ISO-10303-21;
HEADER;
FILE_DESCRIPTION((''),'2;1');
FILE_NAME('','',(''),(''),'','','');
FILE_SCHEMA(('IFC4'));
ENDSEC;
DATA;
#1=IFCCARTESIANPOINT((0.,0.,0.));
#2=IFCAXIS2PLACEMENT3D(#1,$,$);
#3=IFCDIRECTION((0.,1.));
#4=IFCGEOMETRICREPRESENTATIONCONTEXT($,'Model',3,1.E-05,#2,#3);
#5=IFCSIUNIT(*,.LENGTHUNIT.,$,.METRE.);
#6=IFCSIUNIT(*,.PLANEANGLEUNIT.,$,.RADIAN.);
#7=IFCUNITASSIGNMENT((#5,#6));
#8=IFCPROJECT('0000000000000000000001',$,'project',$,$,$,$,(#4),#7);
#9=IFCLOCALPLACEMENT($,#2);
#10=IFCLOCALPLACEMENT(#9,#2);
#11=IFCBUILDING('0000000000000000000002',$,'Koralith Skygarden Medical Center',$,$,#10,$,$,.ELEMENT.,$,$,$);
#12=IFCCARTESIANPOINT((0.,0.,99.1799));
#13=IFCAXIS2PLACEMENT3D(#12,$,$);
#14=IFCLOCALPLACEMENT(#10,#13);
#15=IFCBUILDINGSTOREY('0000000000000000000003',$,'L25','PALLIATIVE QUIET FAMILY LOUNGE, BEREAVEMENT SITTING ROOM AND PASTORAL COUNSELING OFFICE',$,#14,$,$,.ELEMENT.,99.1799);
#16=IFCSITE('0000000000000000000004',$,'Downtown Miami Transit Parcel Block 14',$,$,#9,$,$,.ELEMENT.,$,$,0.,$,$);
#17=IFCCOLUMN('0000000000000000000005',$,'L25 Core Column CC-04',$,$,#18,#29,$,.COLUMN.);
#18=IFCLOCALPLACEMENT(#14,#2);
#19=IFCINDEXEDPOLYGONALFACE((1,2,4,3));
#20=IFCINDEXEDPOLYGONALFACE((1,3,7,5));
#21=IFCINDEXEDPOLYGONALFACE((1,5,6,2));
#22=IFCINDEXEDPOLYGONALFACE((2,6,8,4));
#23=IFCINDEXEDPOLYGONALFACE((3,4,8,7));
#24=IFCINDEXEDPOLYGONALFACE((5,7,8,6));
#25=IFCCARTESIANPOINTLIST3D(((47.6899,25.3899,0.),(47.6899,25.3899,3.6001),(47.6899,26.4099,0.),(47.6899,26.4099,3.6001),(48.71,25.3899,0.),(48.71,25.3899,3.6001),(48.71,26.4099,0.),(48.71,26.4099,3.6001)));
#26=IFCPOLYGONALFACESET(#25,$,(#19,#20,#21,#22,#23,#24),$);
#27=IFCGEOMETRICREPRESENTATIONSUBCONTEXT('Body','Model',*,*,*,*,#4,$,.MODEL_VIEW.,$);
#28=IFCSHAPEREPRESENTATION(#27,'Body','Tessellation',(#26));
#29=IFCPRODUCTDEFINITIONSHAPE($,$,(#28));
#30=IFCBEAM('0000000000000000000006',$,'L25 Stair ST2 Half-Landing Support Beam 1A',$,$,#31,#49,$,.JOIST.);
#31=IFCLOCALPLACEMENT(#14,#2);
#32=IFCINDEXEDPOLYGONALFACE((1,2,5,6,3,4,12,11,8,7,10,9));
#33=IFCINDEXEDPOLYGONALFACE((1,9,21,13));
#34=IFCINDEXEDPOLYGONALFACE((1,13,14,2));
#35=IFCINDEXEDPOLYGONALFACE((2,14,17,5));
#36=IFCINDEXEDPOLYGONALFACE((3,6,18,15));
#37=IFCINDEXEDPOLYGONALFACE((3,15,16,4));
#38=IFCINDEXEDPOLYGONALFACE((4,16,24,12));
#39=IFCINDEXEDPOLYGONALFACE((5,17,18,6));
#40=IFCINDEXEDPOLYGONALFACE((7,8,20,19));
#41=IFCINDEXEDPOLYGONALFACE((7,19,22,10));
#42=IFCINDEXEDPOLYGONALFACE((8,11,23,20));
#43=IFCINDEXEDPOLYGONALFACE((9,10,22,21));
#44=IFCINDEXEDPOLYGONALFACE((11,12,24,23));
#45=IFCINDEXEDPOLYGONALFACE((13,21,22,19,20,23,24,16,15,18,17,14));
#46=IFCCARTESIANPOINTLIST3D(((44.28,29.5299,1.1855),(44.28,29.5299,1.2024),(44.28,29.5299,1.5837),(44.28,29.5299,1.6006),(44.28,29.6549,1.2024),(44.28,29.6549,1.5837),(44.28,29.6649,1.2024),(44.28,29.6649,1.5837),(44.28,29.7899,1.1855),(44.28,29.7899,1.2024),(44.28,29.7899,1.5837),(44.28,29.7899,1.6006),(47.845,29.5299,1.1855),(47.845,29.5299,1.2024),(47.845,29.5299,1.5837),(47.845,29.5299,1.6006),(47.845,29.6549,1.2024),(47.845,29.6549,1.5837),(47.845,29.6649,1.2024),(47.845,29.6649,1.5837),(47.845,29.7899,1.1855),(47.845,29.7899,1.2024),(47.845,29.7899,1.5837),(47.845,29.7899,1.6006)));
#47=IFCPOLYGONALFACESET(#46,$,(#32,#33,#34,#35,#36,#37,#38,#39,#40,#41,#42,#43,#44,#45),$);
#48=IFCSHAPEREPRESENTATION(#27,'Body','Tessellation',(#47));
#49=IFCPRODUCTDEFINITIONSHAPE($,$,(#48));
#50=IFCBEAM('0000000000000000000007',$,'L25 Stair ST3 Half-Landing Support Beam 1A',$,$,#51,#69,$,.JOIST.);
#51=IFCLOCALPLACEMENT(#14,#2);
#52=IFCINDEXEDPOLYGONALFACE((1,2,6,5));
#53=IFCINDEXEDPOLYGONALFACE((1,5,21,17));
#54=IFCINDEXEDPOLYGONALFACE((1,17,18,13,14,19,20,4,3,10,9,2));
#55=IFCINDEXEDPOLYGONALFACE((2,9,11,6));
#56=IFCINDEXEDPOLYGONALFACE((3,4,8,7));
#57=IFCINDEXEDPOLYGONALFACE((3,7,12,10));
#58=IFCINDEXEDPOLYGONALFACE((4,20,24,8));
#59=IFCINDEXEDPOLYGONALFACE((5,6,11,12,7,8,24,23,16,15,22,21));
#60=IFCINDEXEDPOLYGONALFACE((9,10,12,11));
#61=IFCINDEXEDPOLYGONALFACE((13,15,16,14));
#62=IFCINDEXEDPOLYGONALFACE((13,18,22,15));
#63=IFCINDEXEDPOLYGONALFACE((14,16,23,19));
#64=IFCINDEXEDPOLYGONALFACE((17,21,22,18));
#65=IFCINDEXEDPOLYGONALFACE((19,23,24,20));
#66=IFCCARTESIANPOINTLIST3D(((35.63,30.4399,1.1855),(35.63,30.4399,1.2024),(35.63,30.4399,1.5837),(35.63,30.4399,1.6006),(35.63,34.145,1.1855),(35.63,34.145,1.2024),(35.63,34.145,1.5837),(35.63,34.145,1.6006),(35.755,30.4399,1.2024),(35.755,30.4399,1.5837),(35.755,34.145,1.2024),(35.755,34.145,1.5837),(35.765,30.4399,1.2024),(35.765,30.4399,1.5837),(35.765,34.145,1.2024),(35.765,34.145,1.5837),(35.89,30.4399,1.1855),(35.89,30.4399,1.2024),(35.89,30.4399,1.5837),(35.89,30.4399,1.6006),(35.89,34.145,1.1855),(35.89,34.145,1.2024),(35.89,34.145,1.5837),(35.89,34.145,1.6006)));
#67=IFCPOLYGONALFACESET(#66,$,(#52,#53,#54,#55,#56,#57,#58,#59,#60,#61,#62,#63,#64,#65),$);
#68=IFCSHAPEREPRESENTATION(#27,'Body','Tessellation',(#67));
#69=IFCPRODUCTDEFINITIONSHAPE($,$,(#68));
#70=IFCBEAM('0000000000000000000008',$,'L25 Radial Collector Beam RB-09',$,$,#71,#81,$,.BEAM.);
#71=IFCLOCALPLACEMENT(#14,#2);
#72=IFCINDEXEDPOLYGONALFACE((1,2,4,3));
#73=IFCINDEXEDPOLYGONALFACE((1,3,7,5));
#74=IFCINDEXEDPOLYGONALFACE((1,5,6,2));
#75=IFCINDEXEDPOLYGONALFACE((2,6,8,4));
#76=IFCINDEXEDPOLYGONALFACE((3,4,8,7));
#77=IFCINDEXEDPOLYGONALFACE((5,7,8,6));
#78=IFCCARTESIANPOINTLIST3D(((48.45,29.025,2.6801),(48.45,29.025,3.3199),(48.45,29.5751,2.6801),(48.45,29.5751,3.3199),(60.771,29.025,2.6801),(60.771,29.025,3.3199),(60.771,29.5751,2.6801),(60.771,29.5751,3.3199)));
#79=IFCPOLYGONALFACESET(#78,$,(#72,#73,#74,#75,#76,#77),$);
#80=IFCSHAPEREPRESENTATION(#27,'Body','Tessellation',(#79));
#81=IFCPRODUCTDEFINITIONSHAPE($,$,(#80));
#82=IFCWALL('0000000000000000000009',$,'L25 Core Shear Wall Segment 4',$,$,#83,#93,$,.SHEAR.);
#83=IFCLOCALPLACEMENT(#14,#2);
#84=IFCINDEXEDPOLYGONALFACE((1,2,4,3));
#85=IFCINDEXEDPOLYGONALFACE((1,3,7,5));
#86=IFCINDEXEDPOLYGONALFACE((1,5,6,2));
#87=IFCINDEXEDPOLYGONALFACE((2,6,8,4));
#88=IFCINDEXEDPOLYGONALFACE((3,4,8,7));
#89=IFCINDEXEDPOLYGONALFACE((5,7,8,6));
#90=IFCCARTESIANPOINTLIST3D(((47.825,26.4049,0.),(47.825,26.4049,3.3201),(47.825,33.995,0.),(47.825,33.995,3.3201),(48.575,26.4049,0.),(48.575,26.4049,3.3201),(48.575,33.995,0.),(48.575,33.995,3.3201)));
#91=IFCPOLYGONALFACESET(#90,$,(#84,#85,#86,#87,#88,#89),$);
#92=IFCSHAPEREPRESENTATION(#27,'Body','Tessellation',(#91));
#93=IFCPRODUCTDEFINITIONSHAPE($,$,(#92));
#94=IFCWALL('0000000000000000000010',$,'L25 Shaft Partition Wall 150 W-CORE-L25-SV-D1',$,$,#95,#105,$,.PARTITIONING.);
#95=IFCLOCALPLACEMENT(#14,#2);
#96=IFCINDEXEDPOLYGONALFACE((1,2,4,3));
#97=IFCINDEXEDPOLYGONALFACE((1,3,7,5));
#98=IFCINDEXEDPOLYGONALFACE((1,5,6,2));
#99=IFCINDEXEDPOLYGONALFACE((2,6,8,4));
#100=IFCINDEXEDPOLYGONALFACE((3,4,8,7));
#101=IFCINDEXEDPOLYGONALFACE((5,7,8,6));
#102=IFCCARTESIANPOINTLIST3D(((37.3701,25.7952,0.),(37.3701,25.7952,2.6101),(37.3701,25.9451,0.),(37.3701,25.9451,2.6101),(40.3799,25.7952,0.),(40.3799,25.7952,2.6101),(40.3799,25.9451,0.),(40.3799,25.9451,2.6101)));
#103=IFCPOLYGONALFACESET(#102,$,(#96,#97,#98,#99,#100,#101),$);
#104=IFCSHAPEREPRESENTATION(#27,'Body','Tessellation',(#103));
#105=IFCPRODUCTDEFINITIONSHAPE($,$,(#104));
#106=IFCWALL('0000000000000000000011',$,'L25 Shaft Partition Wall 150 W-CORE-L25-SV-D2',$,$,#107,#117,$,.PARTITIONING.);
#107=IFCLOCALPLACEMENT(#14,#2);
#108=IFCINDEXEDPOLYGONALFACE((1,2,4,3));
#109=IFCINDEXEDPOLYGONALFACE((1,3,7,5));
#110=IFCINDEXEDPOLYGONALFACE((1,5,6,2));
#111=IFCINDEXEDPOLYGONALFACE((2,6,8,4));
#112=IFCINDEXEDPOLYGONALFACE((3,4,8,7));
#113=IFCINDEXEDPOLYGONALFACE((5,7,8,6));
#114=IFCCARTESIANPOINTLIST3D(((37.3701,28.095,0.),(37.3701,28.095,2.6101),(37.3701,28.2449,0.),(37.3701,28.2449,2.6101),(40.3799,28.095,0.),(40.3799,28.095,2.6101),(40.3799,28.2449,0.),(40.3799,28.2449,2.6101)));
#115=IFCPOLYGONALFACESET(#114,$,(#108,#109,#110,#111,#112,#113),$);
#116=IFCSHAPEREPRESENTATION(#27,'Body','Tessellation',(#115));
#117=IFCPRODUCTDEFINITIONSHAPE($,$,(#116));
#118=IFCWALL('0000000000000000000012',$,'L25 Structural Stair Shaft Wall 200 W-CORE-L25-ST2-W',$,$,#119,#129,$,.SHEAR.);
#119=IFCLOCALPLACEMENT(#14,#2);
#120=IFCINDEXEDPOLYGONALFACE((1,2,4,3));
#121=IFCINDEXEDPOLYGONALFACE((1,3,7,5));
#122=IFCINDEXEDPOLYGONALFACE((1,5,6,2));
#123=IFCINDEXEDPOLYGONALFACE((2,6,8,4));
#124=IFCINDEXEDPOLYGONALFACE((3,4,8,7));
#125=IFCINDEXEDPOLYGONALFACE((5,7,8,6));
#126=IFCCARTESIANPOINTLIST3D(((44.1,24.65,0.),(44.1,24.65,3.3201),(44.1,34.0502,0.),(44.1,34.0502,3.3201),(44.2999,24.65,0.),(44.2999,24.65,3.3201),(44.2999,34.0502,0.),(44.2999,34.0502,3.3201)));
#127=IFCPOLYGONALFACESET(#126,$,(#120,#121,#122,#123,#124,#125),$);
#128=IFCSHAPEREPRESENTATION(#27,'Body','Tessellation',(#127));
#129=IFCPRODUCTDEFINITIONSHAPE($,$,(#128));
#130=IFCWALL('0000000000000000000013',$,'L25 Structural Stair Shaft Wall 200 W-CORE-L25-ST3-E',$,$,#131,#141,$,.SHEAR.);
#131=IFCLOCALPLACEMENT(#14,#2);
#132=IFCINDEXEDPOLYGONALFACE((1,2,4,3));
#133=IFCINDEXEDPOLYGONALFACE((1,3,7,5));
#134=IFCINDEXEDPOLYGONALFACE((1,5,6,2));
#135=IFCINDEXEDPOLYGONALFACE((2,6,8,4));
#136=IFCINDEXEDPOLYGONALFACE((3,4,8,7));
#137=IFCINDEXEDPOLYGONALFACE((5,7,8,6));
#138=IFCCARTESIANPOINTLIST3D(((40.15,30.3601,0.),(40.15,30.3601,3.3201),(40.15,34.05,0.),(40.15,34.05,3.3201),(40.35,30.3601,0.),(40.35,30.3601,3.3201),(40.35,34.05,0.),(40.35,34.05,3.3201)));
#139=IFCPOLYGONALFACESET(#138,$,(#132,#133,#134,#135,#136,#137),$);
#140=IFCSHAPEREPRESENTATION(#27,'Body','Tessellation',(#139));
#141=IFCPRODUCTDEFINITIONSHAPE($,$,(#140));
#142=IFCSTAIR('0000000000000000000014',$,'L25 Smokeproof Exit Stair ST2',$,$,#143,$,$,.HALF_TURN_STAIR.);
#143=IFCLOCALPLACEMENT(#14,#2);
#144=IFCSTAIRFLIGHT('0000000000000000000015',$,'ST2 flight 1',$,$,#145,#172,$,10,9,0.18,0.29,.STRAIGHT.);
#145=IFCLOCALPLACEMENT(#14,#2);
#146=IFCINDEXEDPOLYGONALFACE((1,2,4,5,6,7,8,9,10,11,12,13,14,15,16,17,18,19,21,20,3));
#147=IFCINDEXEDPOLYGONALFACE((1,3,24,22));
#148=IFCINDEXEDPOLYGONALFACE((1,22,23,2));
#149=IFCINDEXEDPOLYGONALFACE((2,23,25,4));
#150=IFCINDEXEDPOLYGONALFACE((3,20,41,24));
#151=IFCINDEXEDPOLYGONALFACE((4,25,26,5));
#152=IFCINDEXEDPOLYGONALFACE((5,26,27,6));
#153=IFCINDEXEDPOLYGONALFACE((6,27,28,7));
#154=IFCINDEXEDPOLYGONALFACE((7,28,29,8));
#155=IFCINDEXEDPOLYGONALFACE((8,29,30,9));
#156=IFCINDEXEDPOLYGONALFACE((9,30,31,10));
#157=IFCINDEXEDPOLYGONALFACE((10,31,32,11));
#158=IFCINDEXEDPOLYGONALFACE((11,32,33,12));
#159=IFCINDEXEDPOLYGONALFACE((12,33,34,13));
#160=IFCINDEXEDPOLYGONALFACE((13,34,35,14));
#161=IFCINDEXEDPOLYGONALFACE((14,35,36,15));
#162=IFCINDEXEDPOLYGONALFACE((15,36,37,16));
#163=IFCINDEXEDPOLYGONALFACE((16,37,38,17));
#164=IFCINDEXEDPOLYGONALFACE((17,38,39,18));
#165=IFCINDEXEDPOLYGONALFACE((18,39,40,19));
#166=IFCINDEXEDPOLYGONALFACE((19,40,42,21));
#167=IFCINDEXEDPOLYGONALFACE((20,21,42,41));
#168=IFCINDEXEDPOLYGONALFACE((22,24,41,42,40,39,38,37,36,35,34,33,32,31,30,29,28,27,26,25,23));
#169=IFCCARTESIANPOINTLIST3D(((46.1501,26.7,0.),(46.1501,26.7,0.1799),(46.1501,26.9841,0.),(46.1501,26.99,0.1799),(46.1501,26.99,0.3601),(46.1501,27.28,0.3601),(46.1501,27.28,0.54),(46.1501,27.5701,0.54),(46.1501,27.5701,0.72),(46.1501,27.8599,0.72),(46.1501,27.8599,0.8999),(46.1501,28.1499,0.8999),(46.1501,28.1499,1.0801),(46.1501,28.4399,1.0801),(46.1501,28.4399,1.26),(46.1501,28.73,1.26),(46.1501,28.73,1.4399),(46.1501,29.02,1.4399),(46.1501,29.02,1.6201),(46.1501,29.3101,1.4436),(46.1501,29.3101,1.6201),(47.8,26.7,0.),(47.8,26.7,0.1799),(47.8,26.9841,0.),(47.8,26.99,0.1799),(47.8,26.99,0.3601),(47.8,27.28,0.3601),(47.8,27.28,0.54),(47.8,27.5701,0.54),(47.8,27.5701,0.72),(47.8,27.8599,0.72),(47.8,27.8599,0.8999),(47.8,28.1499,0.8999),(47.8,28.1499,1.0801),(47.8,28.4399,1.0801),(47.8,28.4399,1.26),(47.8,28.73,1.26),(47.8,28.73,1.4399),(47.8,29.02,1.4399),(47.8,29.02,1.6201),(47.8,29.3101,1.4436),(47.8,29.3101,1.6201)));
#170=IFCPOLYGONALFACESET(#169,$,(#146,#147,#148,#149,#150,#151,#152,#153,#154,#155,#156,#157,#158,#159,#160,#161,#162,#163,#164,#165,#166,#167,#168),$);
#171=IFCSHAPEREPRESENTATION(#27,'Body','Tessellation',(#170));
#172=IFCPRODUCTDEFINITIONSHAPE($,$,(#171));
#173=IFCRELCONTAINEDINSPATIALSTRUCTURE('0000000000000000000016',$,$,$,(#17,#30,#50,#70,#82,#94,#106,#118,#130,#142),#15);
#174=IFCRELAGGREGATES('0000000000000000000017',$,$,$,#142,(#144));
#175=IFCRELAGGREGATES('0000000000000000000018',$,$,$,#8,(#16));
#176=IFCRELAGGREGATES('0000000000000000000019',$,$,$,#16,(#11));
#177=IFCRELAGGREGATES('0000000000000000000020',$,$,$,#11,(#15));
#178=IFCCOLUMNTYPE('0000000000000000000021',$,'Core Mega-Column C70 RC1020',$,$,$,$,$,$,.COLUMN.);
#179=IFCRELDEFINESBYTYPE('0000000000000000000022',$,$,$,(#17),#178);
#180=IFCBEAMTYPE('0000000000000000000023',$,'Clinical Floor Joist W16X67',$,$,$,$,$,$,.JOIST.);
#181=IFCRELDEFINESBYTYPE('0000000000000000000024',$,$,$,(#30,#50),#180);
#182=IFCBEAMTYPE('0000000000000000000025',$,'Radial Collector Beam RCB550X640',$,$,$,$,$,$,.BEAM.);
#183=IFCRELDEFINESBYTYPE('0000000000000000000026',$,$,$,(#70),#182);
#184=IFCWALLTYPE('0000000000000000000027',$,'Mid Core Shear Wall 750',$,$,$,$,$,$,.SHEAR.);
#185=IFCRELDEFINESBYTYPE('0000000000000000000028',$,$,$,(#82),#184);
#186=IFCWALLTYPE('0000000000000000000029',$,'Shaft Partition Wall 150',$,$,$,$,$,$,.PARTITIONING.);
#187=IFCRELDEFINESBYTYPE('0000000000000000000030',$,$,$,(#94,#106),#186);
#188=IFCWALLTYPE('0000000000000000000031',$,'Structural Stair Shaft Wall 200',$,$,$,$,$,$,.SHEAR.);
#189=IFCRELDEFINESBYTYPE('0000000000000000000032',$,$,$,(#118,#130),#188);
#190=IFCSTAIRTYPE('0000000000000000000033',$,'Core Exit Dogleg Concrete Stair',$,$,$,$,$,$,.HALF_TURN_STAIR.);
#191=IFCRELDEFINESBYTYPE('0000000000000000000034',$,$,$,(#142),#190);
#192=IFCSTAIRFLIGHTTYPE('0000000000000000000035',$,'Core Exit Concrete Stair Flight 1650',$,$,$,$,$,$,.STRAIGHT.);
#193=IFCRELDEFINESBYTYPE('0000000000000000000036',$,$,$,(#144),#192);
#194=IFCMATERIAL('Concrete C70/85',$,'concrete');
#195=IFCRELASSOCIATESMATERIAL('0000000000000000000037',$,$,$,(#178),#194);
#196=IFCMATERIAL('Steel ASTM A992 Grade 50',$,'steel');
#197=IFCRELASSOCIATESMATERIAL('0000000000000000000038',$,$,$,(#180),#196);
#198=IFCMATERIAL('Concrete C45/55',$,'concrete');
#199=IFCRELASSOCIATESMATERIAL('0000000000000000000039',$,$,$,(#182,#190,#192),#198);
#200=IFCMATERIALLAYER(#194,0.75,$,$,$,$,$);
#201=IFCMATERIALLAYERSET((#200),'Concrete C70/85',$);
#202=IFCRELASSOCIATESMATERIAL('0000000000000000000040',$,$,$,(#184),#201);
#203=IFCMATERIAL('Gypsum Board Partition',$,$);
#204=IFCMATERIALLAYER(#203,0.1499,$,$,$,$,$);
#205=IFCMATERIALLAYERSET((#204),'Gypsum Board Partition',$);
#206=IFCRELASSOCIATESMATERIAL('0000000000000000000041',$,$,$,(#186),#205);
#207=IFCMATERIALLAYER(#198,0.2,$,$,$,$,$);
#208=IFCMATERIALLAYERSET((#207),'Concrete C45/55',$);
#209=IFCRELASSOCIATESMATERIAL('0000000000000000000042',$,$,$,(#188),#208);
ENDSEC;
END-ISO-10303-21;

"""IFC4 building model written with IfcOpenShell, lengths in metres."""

from ifc_helpers import new_model, si_unit, direction, frame, frame_2d, origin, origin_2d, place, context, subcontext, project, spatial, polyline, rectangle, i_section, outline, extrude, material, layer, layer_set, material_profile, profile_set, type_object, element, aggregate, save


model = new_model("IFC4")

# Units and contexts
model_context = context("Model", 3, precision=1e-05, world=origin(), true_north=direction((0.0, 1.0)))
body_context = subcontext(model_context, "Body", "Model", "MODEL_VIEW")
ifc_project = project(units=[si_unit("LENGTHUNIT", "METRE"), si_unit("PLANEANGLEUNIT", "RADIAN")], contexts=[model_context])

# Site, building, storey
site_placement = place(None, origin())
site = spatial("IfcSite", under=ifc_project, at=site_placement, Name="Downtown Miami Transit Parcel Block 14", CompositionType="ELEMENT", RefElevation=0.0)
building_placement = place(site_placement, origin())
building = spatial("IfcBuilding", under=site, at=building_placement, Name="Koralith Skygarden Medical Center", CompositionType="ELEMENT")
storey_placement = place(building_placement, frame((0.0, 0.0, 99.1799)))
storey = spatial("IfcBuildingStorey", under=building, at=storey_placement, Name="L25", Description="PALLIATIVE QUIET FAMILY LOUNGE, BEREAVEMENT SITTING ROOM AND PASTORAL COUNSELING OFFICE", CompositionType="ELEMENT", Elevation=99.1799)

# Column
ifc_material_1 = material(Name="Concrete C70/85", Category="concrete")
ifc_material_profile_1 = material_profile(ifc_material_1, rectangle(XDim=1.02, YDim=1.02, at=origin_2d()), Name="RC1020X1020")
ifc_profile_set_1 = profile_set([ifc_material_profile_1], Name="Concrete C70/85")
column_type = type_object("IfcColumnType", Name="Core Mega-Column C70 RC1020", PredefinedType="COLUMN", material=ifc_profile_set_1)
column_placement = place(storey_placement, frame((48.2, 25.8999, 0.0), z_axis=(0.0, 0.0, 1.0), x_axis=(1.0, 0.0, 0.0)))
element("IfcColumn", 1, at=column_placement, inside=storey, type_object=column_type, Name="L25 Core Column CC-04", PredefinedType="COLUMN", context=body_context, shape_type="SweptSolid", body=[
    extrude(rectangle(XDim=1.02, YDim=1.02, at=origin_2d()), origin(), (0.0, 0.0, 1.0), 3.6001),
])

# Beams
ifc_material_2 = material(Name="Steel ASTM A992 Grade 50", Category="steel")
ifc_material_profile_2 = material_profile(ifc_material_2, i_section(OverallWidth=0.26, OverallDepth=0.415, WebThickness=0.01, FlangeThickness=0.0168, at=origin_2d()), Name="W16X67")
ifc_profile_set_2 = profile_set([ifc_material_profile_2], Name="Steel ASTM A992 Grade 50")
beam_type_1 = type_object("IfcBeamType", Name="Clinical Floor Joist W16X67", PredefinedType="JOIST", material=ifc_profile_set_2)
beam_1_placement = place(storey_placement, frame((44.28, 29.6599, 1.3931), z_axis=(1.0, 0.0, 0.0), x_axis=(0.0, 1.0, 0.0)))
element("IfcBeam", 2, at=beam_1_placement, inside=storey, type_object=beam_type_1, Name="L25 Stair ST2 Half-Landing Support Beam 1A", PredefinedType="JOIST", context=body_context, shape_type="SweptSolid", body=[
    extrude(i_section(OverallWidth=0.26, OverallDepth=0.415, WebThickness=0.01, FlangeThickness=0.0168, at=origin_2d()), origin(), (0.0, 0.0, 1.0), 3.5649),
])
beam_2_placement = place(storey_placement, frame((35.76, 30.4399, 1.3931), z_axis=(0.0, 1.0, 0.0), x_axis=(-1.0, 0.0, 0.0)))
element("IfcBeam", 3, at=beam_2_placement, inside=storey, type_object=beam_type_1, Name="L25 Stair ST3 Half-Landing Support Beam 1A", PredefinedType="JOIST", context=body_context, shape_type="SweptSolid", body=[
    extrude(i_section(OverallWidth=0.26, OverallDepth=0.415, WebThickness=0.01, FlangeThickness=0.0168, at=origin_2d()), origin(), (0.0, 0.0, 1.0), 3.7051),
])
ifc_material_3 = material(Name="Concrete C45/55", Category="concrete")
ifc_material_profile_3 = material_profile(ifc_material_3, rectangle(XDim=0.55, YDim=0.6399, at=origin_2d()), Name="RCB550X640")
ifc_profile_set_3 = profile_set([ifc_material_profile_3], Name="Concrete C45/55")
beam_type_2 = type_object("IfcBeamType", Name="Radial Collector Beam RCB550X640", PredefinedType="BEAM", material=ifc_profile_set_3)
beam_3_placement = place(storey_placement, frame((48.45, 29.3, 3.0), z_axis=(1.0, 0.0, 0.0), x_axis=(0.0, 1.0, 0.0)))
element("IfcBeam", 4, at=beam_3_placement, inside=storey, type_object=beam_type_2, Name="L25 Radial Collector Beam RB-09", PredefinedType="BEAM", context=body_context, shape_type="SweptSolid", body=[
    extrude(rectangle(XDim=0.55, YDim=0.6399, at=origin_2d()), origin(), (0.0, 0.0, 1.0), 12.321),
])

# Walls
ifc_layer_1 = layer(ifc_material_1, 0.75)
ifc_layer_set_1 = layer_set([ifc_layer_1], Name="Concrete C70/85")
wall_type_1 = type_object("IfcWallType", Name="Mid Core Shear Wall 750", PredefinedType="SHEAR", material=ifc_layer_set_1)
wall_1_placement = place(storey_placement, frame((48.2, 26.405, 0.0), z_axis=(0.0, 0.0, 1.0), x_axis=(0.0, 1.0, 0.0)))
element("IfcWall", 5, at=wall_1_placement, inside=storey, type_object=wall_type_1, Name="L25 Core Shear Wall Segment 4", PredefinedType="SHEAR", context=body_context, shape_type="SweptSolid", body=[
    extrude(rectangle(XDim=7.5901, YDim=0.75, at=frame_2d((3.7949, 0.0))), origin(), (0.0, 0.0, 1.0), 3.3201),
])
ifc_material_4 = material(Name="Gypsum Board Partition")
ifc_layer_2 = layer(ifc_material_4, 0.1499)
ifc_layer_set_2 = layer_set([ifc_layer_2], Name="Gypsum Board Partition")
wall_type_2 = type_object("IfcWallType", Name="Shaft Partition Wall 150", PredefinedType="PARTITIONING", material=ifc_layer_set_2)
for number, where, z_axis, x_axis, name in (
    (6, (37.3701, 25.8701, 0.0), (0.0, 0.0, 1.0), (1.0, 0.0, 0.0), "L25 Shaft Partition Wall 150 W-CORE-L25-SV-D1"),
    (7, (37.3701, 28.1699, 0.0), (0.0, 0.0, 1.0), (1.0, 0.0, 0.0), "L25 Shaft Partition Wall 150 W-CORE-L25-SV-D2"),
):
    element("IfcWall", number, at=place(storey_placement, frame(where, z_axis=z_axis, x_axis=x_axis)), inside=storey, type_object=wall_type_2, Name=name, PredefinedType="PARTITIONING", context=body_context, shape_type="SweptSolid", body=[
        extrude(rectangle(XDim=3.0098, YDim=0.1499, at=frame_2d((1.5049, 0.0))), origin(), (0.0, 0.0, 1.0), 2.6101),
    ])
ifc_layer_3 = layer(ifc_material_3, 0.2)
ifc_layer_set_3 = layer_set([ifc_layer_3], Name="Concrete C45/55")
wall_type_3 = type_object("IfcWallType", Name="Structural Stair Shaft Wall 200", PredefinedType="SHEAR", material=ifc_layer_set_3)
wall_2_placement = place(storey_placement, frame((44.2, 24.6499, 0.0), z_axis=(0.0, 0.0, 1.0), x_axis=(0.0, 1.0, 0.0)))
element("IfcWall", 8, at=wall_2_placement, inside=storey, type_object=wall_type_3, Name="L25 Structural Stair Shaft Wall 200 W-CORE-L25-ST2-W", PredefinedType="SHEAR", context=body_context, shape_type="SweptSolid", body=[
    extrude(rectangle(XDim=9.4001, YDim=0.2, at=frame_2d((4.7002, 0.0))), origin(), (0.0, 0.0, 1.0), 3.3201),
])
wall_3_placement = place(storey_placement, frame((40.25, 30.3601, 0.0), z_axis=(0.0, 0.0, 1.0), x_axis=(0.0, 1.0, 0.0)))
element("IfcWall", 9, at=wall_3_placement, inside=storey, type_object=wall_type_3, Name="L25 Structural Stair Shaft Wall 200 W-CORE-L25-ST3-E", PredefinedType="SHEAR", context=body_context, shape_type="SweptSolid", body=[
    extrude(rectangle(XDim=3.6899, YDim=0.2, at=frame_2d((1.845, 0.0))), origin(), (0.0, 0.0, 1.0), 3.3201),
])

# Stair, stair flight
stair_type = type_object("IfcStairType", Name="Core Exit Dogleg Concrete Stair", PredefinedType="HALF_TURN_STAIR", material=ifc_material_3)
stair_1_placement = place(storey_placement, origin())
stair_1 = element("IfcStair", 10, at=stair_1_placement, inside=storey, type_object=stair_type, Name="L25 Smokeproof Exit Stair ST2", PredefinedType="HALF_TURN_STAIR")
stair_flight_type = type_object("IfcStairFlightType", Name="Core Exit Concrete Stair Flight 1650", PredefinedType="STRAIGHT", material=ifc_material_3)
stair_flight_1_placement = place(storey_placement, frame((46.9751, 26.7, 0.0), z_axis=(0.0, 0.0, 1.0), x_axis=(0.0, 1.0, 0.0)))
stair_flight_1 = element("IfcStairFlight", 11, at=stair_flight_1_placement, type_object=stair_flight_type, Name="ST2 flight 1", NumberOfRisers=10, NumberOfTreads=9, PredefinedType="STRAIGHT", RiserHeight=0.18, TreadLength=0.29, context=body_context, shape_type="SweptSolid", body=[
    extrude(outline(polyline([(0.0, 0.0), (0.0, 0.1799), (0.29, 0.1799), (0.29, 0.3601), (0.5801, 0.3601), (0.5801, 0.54), (0.8701, 0.54), (0.8701, 0.72), (1.1599, 0.72), (1.1599, 0.8999), (1.45, 0.8999), (1.45, 1.0801), (1.74, 1.0801), (1.74, 1.26), (2.03, 1.26), (2.03, 1.4399), (2.3201, 1.4399), (2.3201, 1.6201), (2.6101, 1.6201), (2.6101, 1.8), (2.6101, 1.4436), (0.2842, 0.0), (0.0, 0.0)])), frame((0.0, 0.825, 0.0), z_axis=(0.0, -1.0, 0.0), x_axis=(1.0, 0.0, 0.0)), (0.0, 0.0, 1.0), 1.6499),
])
aggregate(stair_1, [stair_flight_1])

save(model, "model.ifc")
